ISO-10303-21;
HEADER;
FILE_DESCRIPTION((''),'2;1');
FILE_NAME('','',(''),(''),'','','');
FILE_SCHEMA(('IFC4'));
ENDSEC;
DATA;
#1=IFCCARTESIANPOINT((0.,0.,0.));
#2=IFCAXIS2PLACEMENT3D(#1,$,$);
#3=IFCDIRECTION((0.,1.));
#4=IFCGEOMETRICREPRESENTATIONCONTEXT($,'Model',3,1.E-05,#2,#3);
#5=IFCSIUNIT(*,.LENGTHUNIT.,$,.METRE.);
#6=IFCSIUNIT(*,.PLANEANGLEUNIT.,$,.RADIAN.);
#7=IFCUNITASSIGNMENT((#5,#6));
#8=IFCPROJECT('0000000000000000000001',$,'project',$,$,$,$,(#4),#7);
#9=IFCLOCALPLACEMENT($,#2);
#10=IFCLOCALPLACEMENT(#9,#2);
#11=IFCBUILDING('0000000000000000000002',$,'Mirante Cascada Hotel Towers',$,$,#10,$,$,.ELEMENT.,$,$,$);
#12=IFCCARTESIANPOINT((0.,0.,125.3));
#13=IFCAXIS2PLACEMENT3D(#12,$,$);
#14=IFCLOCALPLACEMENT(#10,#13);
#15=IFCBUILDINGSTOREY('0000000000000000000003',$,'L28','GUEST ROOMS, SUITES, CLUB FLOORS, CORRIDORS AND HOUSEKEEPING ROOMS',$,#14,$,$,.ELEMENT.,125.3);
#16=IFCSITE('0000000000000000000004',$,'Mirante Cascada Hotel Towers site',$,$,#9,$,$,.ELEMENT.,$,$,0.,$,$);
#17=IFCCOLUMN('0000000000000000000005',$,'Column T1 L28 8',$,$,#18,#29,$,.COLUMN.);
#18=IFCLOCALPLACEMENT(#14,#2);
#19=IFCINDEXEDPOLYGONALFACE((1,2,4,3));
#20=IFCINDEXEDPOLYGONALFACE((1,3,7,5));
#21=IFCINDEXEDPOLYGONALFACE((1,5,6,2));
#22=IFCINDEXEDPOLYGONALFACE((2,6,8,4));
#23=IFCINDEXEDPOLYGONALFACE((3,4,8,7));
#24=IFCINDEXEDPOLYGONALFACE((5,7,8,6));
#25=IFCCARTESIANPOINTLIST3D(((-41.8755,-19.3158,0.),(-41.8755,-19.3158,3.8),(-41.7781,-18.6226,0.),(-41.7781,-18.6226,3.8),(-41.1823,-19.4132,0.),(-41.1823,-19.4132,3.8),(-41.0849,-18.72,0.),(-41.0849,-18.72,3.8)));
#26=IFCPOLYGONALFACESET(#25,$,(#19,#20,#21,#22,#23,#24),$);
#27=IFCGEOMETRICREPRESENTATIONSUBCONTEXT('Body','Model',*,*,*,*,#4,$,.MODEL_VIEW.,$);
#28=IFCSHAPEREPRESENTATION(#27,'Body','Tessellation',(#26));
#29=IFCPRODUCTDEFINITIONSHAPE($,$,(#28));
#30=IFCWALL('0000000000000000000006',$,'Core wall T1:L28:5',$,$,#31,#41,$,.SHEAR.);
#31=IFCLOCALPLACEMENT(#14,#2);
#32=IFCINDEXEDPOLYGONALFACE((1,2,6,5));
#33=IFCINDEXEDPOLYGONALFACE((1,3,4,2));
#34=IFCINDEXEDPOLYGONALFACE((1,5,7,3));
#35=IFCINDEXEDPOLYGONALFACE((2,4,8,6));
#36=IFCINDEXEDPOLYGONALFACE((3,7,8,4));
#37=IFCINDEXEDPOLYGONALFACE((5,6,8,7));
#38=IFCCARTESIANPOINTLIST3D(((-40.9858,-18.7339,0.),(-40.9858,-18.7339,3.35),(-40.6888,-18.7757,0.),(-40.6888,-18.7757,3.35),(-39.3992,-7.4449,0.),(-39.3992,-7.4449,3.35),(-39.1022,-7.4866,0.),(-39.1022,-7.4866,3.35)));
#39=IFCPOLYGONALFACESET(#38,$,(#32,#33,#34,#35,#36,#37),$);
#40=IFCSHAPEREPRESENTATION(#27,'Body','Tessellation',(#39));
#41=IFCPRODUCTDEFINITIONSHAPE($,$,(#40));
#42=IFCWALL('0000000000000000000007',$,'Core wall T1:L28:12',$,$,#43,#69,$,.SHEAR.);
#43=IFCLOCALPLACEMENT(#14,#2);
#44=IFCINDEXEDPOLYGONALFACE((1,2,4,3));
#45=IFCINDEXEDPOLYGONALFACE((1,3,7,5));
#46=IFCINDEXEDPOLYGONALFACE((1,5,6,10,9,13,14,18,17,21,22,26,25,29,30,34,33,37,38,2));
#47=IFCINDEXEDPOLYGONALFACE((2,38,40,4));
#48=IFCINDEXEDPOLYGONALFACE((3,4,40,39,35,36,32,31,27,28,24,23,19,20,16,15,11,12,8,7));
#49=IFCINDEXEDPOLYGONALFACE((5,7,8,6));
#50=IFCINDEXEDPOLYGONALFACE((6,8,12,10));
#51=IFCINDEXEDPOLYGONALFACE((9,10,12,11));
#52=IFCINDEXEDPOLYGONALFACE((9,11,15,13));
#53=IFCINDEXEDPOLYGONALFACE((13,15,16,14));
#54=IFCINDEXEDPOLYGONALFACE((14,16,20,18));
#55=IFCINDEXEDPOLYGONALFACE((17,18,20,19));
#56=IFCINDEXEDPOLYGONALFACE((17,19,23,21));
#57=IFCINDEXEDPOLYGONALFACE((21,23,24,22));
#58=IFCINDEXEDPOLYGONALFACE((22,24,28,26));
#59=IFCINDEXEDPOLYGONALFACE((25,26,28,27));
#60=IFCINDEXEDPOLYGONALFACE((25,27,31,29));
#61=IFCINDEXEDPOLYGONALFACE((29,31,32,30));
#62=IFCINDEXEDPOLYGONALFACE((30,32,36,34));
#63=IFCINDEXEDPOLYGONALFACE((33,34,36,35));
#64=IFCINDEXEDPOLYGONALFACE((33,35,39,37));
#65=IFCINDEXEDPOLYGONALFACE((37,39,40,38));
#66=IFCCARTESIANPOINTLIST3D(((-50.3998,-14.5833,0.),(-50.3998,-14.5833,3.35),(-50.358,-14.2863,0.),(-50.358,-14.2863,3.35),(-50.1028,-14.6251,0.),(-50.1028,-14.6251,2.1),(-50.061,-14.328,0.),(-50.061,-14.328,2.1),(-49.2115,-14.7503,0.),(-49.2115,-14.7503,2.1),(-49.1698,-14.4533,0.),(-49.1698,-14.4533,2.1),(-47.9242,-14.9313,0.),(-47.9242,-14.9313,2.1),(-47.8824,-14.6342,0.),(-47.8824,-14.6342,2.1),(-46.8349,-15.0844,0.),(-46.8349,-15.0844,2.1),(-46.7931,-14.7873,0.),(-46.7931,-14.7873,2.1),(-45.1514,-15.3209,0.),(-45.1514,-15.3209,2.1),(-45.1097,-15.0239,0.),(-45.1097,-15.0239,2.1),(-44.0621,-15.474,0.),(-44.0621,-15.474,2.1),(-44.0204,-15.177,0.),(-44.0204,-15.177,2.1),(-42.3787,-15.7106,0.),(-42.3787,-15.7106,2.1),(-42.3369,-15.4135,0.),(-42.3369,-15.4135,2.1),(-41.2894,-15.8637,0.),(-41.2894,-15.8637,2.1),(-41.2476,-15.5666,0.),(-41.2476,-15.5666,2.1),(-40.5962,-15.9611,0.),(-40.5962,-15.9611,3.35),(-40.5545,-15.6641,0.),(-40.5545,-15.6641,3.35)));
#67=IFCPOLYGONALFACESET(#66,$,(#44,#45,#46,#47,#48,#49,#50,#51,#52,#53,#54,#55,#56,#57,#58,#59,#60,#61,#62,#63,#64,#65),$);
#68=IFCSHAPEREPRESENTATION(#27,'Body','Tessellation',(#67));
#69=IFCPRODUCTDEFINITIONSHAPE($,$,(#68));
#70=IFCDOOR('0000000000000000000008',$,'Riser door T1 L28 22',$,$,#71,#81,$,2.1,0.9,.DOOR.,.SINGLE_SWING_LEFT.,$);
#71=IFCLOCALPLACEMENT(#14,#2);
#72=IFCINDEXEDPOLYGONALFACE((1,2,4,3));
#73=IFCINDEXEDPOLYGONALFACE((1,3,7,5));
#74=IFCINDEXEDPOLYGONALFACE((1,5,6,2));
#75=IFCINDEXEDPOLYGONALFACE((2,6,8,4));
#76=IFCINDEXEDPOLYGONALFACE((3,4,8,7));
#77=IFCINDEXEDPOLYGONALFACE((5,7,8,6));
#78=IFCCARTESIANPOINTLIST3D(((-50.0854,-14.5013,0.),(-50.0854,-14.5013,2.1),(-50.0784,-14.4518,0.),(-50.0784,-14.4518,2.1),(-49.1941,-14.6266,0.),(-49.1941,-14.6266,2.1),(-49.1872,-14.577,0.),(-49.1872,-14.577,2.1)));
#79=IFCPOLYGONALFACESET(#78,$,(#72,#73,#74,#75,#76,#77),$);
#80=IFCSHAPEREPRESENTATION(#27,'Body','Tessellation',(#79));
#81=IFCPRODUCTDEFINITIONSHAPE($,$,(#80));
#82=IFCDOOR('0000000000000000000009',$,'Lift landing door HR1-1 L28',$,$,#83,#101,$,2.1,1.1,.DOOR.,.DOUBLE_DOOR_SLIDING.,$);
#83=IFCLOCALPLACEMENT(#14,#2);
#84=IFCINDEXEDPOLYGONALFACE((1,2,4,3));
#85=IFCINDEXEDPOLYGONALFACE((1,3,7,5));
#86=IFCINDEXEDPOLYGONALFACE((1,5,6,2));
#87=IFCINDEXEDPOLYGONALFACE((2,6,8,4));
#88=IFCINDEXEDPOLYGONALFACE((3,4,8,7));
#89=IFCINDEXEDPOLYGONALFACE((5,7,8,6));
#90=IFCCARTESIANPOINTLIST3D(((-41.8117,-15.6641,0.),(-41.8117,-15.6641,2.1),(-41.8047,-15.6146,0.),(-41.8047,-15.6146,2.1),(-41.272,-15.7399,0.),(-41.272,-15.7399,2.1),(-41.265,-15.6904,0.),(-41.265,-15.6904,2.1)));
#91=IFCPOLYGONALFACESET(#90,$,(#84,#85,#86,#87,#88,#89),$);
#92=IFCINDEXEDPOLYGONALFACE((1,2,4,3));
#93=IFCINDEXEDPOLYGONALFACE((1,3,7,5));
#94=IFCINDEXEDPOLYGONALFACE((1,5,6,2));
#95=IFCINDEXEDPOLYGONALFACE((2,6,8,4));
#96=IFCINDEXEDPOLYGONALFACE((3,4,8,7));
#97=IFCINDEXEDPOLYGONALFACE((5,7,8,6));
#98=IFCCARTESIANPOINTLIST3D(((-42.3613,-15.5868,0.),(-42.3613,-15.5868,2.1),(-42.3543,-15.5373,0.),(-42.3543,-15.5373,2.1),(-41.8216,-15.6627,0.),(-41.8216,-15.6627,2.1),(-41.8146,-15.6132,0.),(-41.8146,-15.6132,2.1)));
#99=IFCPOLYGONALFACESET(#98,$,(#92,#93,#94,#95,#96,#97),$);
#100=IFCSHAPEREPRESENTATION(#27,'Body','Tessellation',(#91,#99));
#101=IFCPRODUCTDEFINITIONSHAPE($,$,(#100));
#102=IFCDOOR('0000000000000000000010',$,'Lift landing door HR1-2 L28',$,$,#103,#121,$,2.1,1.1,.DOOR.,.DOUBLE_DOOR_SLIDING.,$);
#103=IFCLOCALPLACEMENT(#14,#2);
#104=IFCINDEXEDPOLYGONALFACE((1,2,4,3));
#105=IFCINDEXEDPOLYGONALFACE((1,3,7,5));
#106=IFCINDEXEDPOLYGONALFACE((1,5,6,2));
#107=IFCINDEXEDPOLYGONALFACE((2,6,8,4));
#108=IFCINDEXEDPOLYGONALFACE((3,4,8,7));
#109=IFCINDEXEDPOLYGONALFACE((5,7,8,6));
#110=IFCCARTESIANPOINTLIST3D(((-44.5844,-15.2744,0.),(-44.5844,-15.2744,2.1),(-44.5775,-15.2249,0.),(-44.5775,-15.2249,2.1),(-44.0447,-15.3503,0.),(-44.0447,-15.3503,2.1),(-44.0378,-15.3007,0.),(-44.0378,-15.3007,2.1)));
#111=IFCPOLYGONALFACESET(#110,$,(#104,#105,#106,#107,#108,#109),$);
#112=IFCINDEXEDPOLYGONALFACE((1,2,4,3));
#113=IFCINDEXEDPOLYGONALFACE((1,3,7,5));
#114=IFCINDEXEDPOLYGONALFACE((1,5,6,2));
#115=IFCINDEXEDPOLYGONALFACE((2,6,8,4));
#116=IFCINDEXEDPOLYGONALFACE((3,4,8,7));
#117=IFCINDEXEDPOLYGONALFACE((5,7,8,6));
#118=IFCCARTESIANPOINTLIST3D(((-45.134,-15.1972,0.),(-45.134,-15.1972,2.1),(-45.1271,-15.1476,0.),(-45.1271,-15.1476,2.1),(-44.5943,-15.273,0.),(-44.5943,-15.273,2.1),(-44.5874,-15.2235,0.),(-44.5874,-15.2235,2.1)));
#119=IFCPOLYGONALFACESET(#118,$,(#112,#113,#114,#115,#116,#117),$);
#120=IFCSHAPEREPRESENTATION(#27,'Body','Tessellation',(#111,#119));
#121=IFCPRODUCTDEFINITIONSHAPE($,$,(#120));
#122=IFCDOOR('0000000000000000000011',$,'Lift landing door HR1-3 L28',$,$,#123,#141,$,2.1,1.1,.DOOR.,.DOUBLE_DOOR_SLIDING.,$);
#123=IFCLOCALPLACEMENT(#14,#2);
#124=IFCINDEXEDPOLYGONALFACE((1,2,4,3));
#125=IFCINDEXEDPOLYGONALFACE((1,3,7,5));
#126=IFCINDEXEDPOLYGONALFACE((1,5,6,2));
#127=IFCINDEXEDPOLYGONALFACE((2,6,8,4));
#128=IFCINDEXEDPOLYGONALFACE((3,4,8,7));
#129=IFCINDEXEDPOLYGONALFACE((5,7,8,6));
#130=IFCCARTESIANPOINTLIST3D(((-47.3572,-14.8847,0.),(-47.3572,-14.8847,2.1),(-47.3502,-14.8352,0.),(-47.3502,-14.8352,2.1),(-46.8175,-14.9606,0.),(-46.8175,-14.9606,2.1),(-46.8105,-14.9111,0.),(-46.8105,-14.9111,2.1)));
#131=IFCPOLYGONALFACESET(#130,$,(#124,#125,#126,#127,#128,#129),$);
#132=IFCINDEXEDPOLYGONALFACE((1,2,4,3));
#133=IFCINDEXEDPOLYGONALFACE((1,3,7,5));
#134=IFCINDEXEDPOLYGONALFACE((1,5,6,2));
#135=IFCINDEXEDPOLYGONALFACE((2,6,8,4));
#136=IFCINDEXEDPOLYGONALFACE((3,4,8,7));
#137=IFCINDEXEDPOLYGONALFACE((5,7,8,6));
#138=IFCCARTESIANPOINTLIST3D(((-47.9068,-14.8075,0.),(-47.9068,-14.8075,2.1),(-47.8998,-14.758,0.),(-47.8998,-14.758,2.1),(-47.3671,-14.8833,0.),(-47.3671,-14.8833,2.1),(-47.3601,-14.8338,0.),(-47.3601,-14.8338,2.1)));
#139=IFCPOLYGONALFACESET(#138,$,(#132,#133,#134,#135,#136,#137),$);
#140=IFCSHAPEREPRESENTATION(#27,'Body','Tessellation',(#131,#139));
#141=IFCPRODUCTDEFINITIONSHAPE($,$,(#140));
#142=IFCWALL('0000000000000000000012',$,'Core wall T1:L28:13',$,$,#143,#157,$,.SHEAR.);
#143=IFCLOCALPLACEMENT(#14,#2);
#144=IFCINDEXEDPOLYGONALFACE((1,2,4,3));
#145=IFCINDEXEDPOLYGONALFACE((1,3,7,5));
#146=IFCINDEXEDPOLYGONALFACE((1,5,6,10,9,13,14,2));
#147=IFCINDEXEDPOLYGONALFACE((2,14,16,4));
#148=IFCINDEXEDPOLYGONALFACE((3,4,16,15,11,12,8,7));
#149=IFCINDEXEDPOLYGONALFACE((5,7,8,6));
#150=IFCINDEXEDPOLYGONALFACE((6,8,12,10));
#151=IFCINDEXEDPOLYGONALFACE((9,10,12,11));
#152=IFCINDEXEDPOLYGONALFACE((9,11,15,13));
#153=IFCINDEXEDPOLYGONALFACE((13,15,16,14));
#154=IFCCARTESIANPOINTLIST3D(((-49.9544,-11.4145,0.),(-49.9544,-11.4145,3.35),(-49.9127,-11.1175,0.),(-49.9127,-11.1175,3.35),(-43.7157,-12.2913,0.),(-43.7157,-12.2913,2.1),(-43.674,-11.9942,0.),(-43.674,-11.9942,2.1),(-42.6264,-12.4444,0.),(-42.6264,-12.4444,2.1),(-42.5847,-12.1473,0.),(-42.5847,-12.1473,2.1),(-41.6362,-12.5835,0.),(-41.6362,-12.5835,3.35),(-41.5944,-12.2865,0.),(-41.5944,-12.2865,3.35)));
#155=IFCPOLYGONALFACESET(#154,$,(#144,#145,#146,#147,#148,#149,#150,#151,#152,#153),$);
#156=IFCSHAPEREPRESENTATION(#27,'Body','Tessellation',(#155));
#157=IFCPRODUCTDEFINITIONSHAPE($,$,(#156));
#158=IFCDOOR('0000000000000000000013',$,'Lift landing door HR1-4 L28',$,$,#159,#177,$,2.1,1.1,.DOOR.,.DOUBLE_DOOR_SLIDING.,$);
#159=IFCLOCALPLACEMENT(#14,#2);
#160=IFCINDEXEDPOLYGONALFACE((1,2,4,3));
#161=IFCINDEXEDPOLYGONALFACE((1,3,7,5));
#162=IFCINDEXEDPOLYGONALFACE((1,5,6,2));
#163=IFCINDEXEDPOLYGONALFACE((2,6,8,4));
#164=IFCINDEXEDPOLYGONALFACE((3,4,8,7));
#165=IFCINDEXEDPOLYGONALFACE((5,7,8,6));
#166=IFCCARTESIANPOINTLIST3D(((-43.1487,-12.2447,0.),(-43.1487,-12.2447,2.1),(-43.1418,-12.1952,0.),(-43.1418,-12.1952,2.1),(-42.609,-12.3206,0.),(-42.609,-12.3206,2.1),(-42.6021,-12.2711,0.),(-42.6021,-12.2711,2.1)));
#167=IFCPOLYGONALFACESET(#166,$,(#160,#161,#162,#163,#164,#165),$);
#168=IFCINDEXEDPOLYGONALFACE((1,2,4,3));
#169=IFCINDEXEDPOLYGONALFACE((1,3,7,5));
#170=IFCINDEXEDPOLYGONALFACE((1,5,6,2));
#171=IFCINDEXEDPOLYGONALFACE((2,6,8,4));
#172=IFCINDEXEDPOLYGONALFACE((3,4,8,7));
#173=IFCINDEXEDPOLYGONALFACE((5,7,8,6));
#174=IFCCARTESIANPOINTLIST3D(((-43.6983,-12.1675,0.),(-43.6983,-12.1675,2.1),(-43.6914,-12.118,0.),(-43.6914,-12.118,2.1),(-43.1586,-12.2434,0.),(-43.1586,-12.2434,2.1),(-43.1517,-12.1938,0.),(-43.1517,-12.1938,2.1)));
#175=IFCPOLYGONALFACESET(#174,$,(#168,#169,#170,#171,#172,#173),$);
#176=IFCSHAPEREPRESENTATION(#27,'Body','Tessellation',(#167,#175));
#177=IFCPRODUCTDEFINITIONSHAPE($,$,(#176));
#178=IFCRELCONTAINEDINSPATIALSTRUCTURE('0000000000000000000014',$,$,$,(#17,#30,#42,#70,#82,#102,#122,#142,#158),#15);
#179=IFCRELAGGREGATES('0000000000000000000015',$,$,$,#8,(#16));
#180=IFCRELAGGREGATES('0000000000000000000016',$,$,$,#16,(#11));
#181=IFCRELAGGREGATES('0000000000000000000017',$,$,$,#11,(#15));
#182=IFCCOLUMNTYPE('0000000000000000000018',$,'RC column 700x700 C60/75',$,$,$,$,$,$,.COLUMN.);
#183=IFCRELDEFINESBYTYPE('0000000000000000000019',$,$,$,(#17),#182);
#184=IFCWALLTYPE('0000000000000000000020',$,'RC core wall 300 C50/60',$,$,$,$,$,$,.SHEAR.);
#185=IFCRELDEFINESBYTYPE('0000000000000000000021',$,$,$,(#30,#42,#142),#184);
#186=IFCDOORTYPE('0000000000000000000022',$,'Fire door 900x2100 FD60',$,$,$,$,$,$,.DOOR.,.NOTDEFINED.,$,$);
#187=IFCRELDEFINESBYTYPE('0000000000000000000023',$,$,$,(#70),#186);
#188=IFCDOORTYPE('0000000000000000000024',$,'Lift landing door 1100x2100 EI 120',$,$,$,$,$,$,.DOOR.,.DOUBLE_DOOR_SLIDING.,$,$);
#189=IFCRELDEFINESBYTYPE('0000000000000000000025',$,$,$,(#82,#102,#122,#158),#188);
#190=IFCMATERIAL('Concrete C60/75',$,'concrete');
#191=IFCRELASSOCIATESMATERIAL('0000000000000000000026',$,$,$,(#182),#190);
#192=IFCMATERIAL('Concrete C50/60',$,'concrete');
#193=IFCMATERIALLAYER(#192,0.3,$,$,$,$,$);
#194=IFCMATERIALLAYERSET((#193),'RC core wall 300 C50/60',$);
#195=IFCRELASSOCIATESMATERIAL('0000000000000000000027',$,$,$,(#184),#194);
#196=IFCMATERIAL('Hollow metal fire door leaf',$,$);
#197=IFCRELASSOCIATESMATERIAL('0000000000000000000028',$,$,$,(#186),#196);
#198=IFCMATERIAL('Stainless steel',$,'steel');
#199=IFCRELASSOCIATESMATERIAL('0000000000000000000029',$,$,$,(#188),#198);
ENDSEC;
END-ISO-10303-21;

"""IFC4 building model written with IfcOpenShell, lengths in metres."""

from ifc_helpers import new_model, si_unit, direction, frame, frame_2d, origin, origin_2d, place, context, subcontext, project, spatial, rectangle, extrude, material, layer, layer_set, material_profile, profile_set, type_object, element, fill, save


model = new_model("IFC4")

# Units and contexts
model_context = context("Model", 3, precision=1e-05, world=origin(), true_north=direction((0.0, 1.0)))
body_context = subcontext(model_context, "Body", "Model", "MODEL_VIEW")
ifc_project = project(units=[si_unit("LENGTHUNIT", "METRE"), si_unit("PLANEANGLEUNIT", "RADIAN")], contexts=[model_context])

# Site, building, storey
site_placement = place(None, origin())
site = spatial("IfcSite", under=ifc_project, at=site_placement, Name="Mirante Cascada Hotel Towers site", CompositionType="ELEMENT", RefElevation=0.0)
building_placement = place(site_placement, origin())
building = spatial("IfcBuilding", under=site, at=building_placement, Name="Mirante Cascada Hotel Towers", CompositionType="ELEMENT")
storey_placement = place(building_placement, frame((0.0, 0.0, 125.3)))
storey = spatial("IfcBuildingStorey", under=building, at=storey_placement, Name="L28", Description="GUEST ROOMS, SUITES, CLUB FLOORS, CORRIDORS AND HOUSEKEEPING ROOMS", CompositionType="ELEMENT", Elevation=125.3)

# Column
ifc_material_1 = material(Name="Concrete C60/75", Category="concrete")
ifc_material_profile = material_profile(ifc_material_1, rectangle(XDim=0.7, YDim=0.7, at=origin_2d()), Name="RC column 700x700 C60/75")
ifc_profile_set = profile_set([ifc_material_profile], Name="Concrete C60/75")
column_type = type_object("IfcColumnType", Name="RC column 700x700 C60/75", PredefinedType="COLUMN", material=ifc_profile_set)
column_placement = place(storey_placement, frame((-41.4802, -19.0179, 0.0), z_axis=(0.0, 0.0, 1.0), x_axis=(-0.990268, 0.139173, 0.0)))
element("IfcColumn", 1, at=column_placement, inside=storey, type_object=column_type, Name="Column T1 L28 8", PredefinedType="COLUMN", context=body_context, shape_type="SweptSolid", body=[
    extrude(rectangle(XDim=0.7, YDim=0.7, at=origin_2d()), origin(), (0.0, 0.0, 1.0), 3.8),
])

# Wall
ifc_material_2 = material(Name="Concrete C50/60", Category="concrete")
ifc_layer_1 = layer(ifc_material_2, 0.3)
ifc_layer_set_1 = layer_set([ifc_layer_1], Name="RC core wall 300 C50/60")
wall_type_1 = type_object("IfcWallType", Name="RC core wall 300 C50/60", PredefinedType="SHEAR", material=ifc_layer_set_1)
wall_1_placement = place(storey_placement, frame((-40.8373, -18.7548, 0.0), z_axis=(0.0, 0.0, 1.0), x_axis=(0.139175, 0.990268, 0.0)))
element("IfcWall", 2, at=wall_1_placement, inside=storey, type_object=wall_type_1, Name="Core wall T1:L28:5", PredefinedType="SHEAR", context=body_context, shape_type="SweptSolid", body=[
    extrude(rectangle(XDim=11.4, YDim=0.3, at=frame_2d((5.7, 0.0))), origin(), (0.0, 0.0, 1.0), 3.35),
])

# Wall, openings, doors
wall_2_placement = place(storey_placement, frame((-40.5753, -15.8126, 0.0), z_axis=(0.0, 0.0, 1.0), x_axis=(-0.990268, 0.139173, 0.0)))
wall_2 = element("IfcWall", 3, at=wall_2_placement, inside=storey, type_object=wall_type_1, Name="Core wall T1:L28:12", PredefinedType="SHEAR", context=body_context, shape_type="SweptSolid", body=[
    extrude(rectangle(XDim=9.8999, YDim=0.3, at=frame_2d((4.95, 0.0))), origin(), (0.0, 0.0, 1.0), 3.35),
])
opening_1_placement = place(wall_2_placement, frame((0.7, 0.0, 0.0)))
opening_1 = element("IfcOpeningElement", 4, at=opening_1_placement, cuts=wall_2, PredefinedType="OPENING", context=body_context, shape_type="SweptSolid", body=[
    extrude(rectangle(XDim=1.1, YDim=2.1, at=frame_2d((0.55, 1.05))), frame((0.0, 0.15, 0.0), z_axis=(0.0, -1.0, 0.0), x_axis=(1.0, 0.0, 0.0)), (0.0, 0.0, 1.0), 0.3),
])
opening_2_placement = place(wall_2_placement, frame((3.5, 0.0, 0.0)))
opening_2 = element("IfcOpeningElement", 5, at=opening_2_placement, cuts=wall_2, PredefinedType="OPENING", context=body_context, shape_type="SweptSolid", body=[
    extrude(rectangle(XDim=1.1, YDim=2.1, at=frame_2d((0.55, 1.05))), frame((0.0, 0.15, 0.0), z_axis=(0.0, -1.0, 0.0), x_axis=(1.0, 0.0, 0.0)), (0.0, 0.0, 1.0), 0.3),
])
opening_3_placement = place(wall_2_placement, frame((6.3, 0.0, 0.0)))
opening_3 = element("IfcOpeningElement", 6, at=opening_3_placement, cuts=wall_2, PredefinedType="OPENING", context=body_context, shape_type="SweptSolid", body=[
    extrude(rectangle(XDim=1.1, YDim=2.1, at=frame_2d((0.55, 1.05))), frame((0.0, 0.15, 0.0), z_axis=(0.0, -1.0, 0.0), x_axis=(1.0, 0.0, 0.0)), (0.0, 0.0, 1.0), 0.3),
])
opening_4_placement = place(wall_2_placement, frame((8.7, 0.0, 0.0)))
opening_4 = element("IfcOpeningElement", 7, at=opening_4_placement, cuts=wall_2, PredefinedType="OPENING", context=body_context, shape_type="SweptSolid", body=[
    extrude(rectangle(XDim=0.9, YDim=2.1, at=frame_2d((0.45, 1.05))), frame((0.0, 0.15, 0.0), z_axis=(0.0, -1.0, 0.0), x_axis=(1.0, 0.0, 0.0)), (0.0, 0.0, 1.0), 0.3),
])
ifc_material_3 = material(Name="Hollow metal fire door leaf")
door_type_1 = type_object("IfcDoorType", Name="Fire door 900x2100 FD60", OperationType="NOTDEFINED", PredefinedType="DOOR", material=ifc_material_3)
door_1_placement = place(opening_4_placement, origin())
door_1 = element("IfcDoor", 8, at=door_1_placement, inside=storey, type_object=door_type_1, Name="Riser door T1 L28 22", OperationType="SINGLE_SWING_LEFT", OverallHeight=2.1, OverallWidth=0.9, PredefinedType="DOOR", context=body_context, shape_type="SweptSolid", body=[
    extrude(rectangle(XDim=0.9, YDim=2.1, at=frame_2d((0.45, 1.05))), frame((0.0, 0.025, 0.0), z_axis=(0.0, -1.0, 0.0), x_axis=(1.0, 0.0, 0.0)), (0.0, 0.0, 1.0), 0.05),
])
fill(opening_4, door_1)
ifc_material_4 = material(Name="Stainless steel", Category="steel")
door_type_2 = type_object("IfcDoorType", Name="Lift landing door 1100x2100 EI 120", OperationType="DOUBLE_DOOR_SLIDING", PredefinedType="DOOR", material=ifc_material_4)
door_2_placement = place(opening_1_placement, origin())
door_2 = element("IfcDoor", 9, at=door_2_placement, inside=storey, type_object=door_type_2, Name="Lift landing door HR1-1 L28", OperationType="DOUBLE_DOOR_SLIDING", OverallHeight=2.1, OverallWidth=1.1, PredefinedType="DOOR", context=body_context, shape_type="SweptSolid", body=[
    extrude(rectangle(XDim=0.545, YDim=2.1, at=frame_2d((0.2725, 1.05))), frame((0.0, 0.025, 0.0), z_axis=(0.0, -1.0, 0.0), x_axis=(1.0, 0.0, 0.0)), (0.0, 0.0, 1.0), 0.05),
    extrude(rectangle(XDim=0.545, YDim=2.1, at=frame_2d((0.8275, 1.05))), frame((0.0, 0.025, 0.0), z_axis=(0.0, -1.0, 0.0), x_axis=(1.0, 0.0, 0.0)), (0.0, 0.0, 1.0), 0.05),
])
fill(opening_1, door_2)
door_3_placement = place(opening_2_placement, origin())
door_3 = element("IfcDoor", 10, at=door_3_placement, inside=storey, type_object=door_type_2, Name="Lift landing door HR1-2 L28", OperationType="DOUBLE_DOOR_SLIDING", OverallHeight=2.1, OverallWidth=1.1, PredefinedType="DOOR", context=body_context, shape_type="SweptSolid", body=[
    extrude(rectangle(XDim=0.545, YDim=2.1, at=frame_2d((0.2725, 1.05))), frame((0.0, 0.025, 0.0), z_axis=(0.0, -1.0, 0.0), x_axis=(1.0, 0.0, 0.0)), (0.0, 0.0, 1.0), 0.05),
    extrude(rectangle(XDim=0.545, YDim=2.1, at=frame_2d((0.8275, 1.05))), frame((0.0, 0.025, 0.0), z_axis=(0.0, -1.0, 0.0), x_axis=(1.0, 0.0, 0.0)), (0.0, 0.0, 1.0), 0.05),
])
fill(opening_2, door_3)
door_4_placement = place(opening_3_placement, origin())
door_4 = element("IfcDoor", 11, at=door_4_placement, inside=storey, type_object=door_type_2, Name="Lift landing door HR1-3 L28", OperationType="DOUBLE_DOOR_SLIDING", OverallHeight=2.1, OverallWidth=1.1, PredefinedType="DOOR", context=body_context, shape_type="SweptSolid", body=[
    extrude(rectangle(XDim=0.545, YDim=2.1, at=frame_2d((0.2725, 1.05))), frame((0.0, 0.025, 0.0), z_axis=(0.0, -1.0, 0.0), x_axis=(1.0, 0.0, 0.0)), (0.0, 0.0, 1.0), 0.05),
    extrude(rectangle(XDim=0.545, YDim=2.1, at=frame_2d((0.8275, 1.05))), frame((0.0, 0.025, 0.0), z_axis=(0.0, -1.0, 0.0), x_axis=(1.0, 0.0, 0.0)), (0.0, 0.0, 1.0), 0.05),
])
fill(opening_3, door_4)

# Wall, opening, door
wall_3_placement = place(storey_placement, frame((-41.6153, -12.435, 0.0), z_axis=(0.0, 0.0, 1.0), x_axis=(-0.990269, 0.139166, 0.0)))
wall_3 = element("IfcWall", 12, at=wall_3_placement, inside=storey, type_object=wall_type_1, Name="Core wall T1:L28:13", PredefinedType="SHEAR", context=body_context, shape_type="SweptSolid", body=[
    extrude(rectangle(XDim=8.4, YDim=0.3, at=frame_2d((4.2, 0.0))), origin(), (0.0, 0.0, 1.0), 3.35),
])
opening_5_placement = place(wall_3_placement, frame((1.0, 0.0, 0.0)))
opening_5 = element("IfcOpeningElement", 13, at=opening_5_placement, cuts=wall_3, PredefinedType="OPENING", context=body_context, shape_type="SweptSolid", body=[
    extrude(rectangle(XDim=1.1, YDim=2.1, at=frame_2d((0.55, 1.05))), frame((0.0, 0.15, 0.0), z_axis=(0.0, -1.0, 0.0), x_axis=(1.0, 0.0, 0.0)), (0.0, 0.0, 1.0), 0.3),
])
door_5_placement = place(opening_5_placement, origin())
door_5 = element("IfcDoor", 14, at=door_5_placement, inside=storey, type_object=door_type_2, Name="Lift landing door HR1-4 L28", OperationType="DOUBLE_DOOR_SLIDING", OverallHeight=2.1, OverallWidth=1.1, PredefinedType="DOOR", context=body_context, shape_type="SweptSolid", body=[
    extrude(rectangle(XDim=0.545, YDim=2.1, at=frame_2d((0.2725, 1.05))), frame((0.0, 0.025, 0.0), z_axis=(0.0, -1.0, 0.0), x_axis=(1.0, 0.0, 0.0)), (0.0, 0.0, 1.0), 0.05),
    extrude(rectangle(XDim=0.545, YDim=2.1, at=frame_2d((0.8275, 1.05))), frame((0.0, 0.025, 0.0), z_axis=(0.0, -1.0, 0.0), x_axis=(1.0, 0.0, 0.0)), (0.0, 0.0, 1.0), 0.05),
])
fill(opening_5, door_5)

save(model, "model.ifc")
